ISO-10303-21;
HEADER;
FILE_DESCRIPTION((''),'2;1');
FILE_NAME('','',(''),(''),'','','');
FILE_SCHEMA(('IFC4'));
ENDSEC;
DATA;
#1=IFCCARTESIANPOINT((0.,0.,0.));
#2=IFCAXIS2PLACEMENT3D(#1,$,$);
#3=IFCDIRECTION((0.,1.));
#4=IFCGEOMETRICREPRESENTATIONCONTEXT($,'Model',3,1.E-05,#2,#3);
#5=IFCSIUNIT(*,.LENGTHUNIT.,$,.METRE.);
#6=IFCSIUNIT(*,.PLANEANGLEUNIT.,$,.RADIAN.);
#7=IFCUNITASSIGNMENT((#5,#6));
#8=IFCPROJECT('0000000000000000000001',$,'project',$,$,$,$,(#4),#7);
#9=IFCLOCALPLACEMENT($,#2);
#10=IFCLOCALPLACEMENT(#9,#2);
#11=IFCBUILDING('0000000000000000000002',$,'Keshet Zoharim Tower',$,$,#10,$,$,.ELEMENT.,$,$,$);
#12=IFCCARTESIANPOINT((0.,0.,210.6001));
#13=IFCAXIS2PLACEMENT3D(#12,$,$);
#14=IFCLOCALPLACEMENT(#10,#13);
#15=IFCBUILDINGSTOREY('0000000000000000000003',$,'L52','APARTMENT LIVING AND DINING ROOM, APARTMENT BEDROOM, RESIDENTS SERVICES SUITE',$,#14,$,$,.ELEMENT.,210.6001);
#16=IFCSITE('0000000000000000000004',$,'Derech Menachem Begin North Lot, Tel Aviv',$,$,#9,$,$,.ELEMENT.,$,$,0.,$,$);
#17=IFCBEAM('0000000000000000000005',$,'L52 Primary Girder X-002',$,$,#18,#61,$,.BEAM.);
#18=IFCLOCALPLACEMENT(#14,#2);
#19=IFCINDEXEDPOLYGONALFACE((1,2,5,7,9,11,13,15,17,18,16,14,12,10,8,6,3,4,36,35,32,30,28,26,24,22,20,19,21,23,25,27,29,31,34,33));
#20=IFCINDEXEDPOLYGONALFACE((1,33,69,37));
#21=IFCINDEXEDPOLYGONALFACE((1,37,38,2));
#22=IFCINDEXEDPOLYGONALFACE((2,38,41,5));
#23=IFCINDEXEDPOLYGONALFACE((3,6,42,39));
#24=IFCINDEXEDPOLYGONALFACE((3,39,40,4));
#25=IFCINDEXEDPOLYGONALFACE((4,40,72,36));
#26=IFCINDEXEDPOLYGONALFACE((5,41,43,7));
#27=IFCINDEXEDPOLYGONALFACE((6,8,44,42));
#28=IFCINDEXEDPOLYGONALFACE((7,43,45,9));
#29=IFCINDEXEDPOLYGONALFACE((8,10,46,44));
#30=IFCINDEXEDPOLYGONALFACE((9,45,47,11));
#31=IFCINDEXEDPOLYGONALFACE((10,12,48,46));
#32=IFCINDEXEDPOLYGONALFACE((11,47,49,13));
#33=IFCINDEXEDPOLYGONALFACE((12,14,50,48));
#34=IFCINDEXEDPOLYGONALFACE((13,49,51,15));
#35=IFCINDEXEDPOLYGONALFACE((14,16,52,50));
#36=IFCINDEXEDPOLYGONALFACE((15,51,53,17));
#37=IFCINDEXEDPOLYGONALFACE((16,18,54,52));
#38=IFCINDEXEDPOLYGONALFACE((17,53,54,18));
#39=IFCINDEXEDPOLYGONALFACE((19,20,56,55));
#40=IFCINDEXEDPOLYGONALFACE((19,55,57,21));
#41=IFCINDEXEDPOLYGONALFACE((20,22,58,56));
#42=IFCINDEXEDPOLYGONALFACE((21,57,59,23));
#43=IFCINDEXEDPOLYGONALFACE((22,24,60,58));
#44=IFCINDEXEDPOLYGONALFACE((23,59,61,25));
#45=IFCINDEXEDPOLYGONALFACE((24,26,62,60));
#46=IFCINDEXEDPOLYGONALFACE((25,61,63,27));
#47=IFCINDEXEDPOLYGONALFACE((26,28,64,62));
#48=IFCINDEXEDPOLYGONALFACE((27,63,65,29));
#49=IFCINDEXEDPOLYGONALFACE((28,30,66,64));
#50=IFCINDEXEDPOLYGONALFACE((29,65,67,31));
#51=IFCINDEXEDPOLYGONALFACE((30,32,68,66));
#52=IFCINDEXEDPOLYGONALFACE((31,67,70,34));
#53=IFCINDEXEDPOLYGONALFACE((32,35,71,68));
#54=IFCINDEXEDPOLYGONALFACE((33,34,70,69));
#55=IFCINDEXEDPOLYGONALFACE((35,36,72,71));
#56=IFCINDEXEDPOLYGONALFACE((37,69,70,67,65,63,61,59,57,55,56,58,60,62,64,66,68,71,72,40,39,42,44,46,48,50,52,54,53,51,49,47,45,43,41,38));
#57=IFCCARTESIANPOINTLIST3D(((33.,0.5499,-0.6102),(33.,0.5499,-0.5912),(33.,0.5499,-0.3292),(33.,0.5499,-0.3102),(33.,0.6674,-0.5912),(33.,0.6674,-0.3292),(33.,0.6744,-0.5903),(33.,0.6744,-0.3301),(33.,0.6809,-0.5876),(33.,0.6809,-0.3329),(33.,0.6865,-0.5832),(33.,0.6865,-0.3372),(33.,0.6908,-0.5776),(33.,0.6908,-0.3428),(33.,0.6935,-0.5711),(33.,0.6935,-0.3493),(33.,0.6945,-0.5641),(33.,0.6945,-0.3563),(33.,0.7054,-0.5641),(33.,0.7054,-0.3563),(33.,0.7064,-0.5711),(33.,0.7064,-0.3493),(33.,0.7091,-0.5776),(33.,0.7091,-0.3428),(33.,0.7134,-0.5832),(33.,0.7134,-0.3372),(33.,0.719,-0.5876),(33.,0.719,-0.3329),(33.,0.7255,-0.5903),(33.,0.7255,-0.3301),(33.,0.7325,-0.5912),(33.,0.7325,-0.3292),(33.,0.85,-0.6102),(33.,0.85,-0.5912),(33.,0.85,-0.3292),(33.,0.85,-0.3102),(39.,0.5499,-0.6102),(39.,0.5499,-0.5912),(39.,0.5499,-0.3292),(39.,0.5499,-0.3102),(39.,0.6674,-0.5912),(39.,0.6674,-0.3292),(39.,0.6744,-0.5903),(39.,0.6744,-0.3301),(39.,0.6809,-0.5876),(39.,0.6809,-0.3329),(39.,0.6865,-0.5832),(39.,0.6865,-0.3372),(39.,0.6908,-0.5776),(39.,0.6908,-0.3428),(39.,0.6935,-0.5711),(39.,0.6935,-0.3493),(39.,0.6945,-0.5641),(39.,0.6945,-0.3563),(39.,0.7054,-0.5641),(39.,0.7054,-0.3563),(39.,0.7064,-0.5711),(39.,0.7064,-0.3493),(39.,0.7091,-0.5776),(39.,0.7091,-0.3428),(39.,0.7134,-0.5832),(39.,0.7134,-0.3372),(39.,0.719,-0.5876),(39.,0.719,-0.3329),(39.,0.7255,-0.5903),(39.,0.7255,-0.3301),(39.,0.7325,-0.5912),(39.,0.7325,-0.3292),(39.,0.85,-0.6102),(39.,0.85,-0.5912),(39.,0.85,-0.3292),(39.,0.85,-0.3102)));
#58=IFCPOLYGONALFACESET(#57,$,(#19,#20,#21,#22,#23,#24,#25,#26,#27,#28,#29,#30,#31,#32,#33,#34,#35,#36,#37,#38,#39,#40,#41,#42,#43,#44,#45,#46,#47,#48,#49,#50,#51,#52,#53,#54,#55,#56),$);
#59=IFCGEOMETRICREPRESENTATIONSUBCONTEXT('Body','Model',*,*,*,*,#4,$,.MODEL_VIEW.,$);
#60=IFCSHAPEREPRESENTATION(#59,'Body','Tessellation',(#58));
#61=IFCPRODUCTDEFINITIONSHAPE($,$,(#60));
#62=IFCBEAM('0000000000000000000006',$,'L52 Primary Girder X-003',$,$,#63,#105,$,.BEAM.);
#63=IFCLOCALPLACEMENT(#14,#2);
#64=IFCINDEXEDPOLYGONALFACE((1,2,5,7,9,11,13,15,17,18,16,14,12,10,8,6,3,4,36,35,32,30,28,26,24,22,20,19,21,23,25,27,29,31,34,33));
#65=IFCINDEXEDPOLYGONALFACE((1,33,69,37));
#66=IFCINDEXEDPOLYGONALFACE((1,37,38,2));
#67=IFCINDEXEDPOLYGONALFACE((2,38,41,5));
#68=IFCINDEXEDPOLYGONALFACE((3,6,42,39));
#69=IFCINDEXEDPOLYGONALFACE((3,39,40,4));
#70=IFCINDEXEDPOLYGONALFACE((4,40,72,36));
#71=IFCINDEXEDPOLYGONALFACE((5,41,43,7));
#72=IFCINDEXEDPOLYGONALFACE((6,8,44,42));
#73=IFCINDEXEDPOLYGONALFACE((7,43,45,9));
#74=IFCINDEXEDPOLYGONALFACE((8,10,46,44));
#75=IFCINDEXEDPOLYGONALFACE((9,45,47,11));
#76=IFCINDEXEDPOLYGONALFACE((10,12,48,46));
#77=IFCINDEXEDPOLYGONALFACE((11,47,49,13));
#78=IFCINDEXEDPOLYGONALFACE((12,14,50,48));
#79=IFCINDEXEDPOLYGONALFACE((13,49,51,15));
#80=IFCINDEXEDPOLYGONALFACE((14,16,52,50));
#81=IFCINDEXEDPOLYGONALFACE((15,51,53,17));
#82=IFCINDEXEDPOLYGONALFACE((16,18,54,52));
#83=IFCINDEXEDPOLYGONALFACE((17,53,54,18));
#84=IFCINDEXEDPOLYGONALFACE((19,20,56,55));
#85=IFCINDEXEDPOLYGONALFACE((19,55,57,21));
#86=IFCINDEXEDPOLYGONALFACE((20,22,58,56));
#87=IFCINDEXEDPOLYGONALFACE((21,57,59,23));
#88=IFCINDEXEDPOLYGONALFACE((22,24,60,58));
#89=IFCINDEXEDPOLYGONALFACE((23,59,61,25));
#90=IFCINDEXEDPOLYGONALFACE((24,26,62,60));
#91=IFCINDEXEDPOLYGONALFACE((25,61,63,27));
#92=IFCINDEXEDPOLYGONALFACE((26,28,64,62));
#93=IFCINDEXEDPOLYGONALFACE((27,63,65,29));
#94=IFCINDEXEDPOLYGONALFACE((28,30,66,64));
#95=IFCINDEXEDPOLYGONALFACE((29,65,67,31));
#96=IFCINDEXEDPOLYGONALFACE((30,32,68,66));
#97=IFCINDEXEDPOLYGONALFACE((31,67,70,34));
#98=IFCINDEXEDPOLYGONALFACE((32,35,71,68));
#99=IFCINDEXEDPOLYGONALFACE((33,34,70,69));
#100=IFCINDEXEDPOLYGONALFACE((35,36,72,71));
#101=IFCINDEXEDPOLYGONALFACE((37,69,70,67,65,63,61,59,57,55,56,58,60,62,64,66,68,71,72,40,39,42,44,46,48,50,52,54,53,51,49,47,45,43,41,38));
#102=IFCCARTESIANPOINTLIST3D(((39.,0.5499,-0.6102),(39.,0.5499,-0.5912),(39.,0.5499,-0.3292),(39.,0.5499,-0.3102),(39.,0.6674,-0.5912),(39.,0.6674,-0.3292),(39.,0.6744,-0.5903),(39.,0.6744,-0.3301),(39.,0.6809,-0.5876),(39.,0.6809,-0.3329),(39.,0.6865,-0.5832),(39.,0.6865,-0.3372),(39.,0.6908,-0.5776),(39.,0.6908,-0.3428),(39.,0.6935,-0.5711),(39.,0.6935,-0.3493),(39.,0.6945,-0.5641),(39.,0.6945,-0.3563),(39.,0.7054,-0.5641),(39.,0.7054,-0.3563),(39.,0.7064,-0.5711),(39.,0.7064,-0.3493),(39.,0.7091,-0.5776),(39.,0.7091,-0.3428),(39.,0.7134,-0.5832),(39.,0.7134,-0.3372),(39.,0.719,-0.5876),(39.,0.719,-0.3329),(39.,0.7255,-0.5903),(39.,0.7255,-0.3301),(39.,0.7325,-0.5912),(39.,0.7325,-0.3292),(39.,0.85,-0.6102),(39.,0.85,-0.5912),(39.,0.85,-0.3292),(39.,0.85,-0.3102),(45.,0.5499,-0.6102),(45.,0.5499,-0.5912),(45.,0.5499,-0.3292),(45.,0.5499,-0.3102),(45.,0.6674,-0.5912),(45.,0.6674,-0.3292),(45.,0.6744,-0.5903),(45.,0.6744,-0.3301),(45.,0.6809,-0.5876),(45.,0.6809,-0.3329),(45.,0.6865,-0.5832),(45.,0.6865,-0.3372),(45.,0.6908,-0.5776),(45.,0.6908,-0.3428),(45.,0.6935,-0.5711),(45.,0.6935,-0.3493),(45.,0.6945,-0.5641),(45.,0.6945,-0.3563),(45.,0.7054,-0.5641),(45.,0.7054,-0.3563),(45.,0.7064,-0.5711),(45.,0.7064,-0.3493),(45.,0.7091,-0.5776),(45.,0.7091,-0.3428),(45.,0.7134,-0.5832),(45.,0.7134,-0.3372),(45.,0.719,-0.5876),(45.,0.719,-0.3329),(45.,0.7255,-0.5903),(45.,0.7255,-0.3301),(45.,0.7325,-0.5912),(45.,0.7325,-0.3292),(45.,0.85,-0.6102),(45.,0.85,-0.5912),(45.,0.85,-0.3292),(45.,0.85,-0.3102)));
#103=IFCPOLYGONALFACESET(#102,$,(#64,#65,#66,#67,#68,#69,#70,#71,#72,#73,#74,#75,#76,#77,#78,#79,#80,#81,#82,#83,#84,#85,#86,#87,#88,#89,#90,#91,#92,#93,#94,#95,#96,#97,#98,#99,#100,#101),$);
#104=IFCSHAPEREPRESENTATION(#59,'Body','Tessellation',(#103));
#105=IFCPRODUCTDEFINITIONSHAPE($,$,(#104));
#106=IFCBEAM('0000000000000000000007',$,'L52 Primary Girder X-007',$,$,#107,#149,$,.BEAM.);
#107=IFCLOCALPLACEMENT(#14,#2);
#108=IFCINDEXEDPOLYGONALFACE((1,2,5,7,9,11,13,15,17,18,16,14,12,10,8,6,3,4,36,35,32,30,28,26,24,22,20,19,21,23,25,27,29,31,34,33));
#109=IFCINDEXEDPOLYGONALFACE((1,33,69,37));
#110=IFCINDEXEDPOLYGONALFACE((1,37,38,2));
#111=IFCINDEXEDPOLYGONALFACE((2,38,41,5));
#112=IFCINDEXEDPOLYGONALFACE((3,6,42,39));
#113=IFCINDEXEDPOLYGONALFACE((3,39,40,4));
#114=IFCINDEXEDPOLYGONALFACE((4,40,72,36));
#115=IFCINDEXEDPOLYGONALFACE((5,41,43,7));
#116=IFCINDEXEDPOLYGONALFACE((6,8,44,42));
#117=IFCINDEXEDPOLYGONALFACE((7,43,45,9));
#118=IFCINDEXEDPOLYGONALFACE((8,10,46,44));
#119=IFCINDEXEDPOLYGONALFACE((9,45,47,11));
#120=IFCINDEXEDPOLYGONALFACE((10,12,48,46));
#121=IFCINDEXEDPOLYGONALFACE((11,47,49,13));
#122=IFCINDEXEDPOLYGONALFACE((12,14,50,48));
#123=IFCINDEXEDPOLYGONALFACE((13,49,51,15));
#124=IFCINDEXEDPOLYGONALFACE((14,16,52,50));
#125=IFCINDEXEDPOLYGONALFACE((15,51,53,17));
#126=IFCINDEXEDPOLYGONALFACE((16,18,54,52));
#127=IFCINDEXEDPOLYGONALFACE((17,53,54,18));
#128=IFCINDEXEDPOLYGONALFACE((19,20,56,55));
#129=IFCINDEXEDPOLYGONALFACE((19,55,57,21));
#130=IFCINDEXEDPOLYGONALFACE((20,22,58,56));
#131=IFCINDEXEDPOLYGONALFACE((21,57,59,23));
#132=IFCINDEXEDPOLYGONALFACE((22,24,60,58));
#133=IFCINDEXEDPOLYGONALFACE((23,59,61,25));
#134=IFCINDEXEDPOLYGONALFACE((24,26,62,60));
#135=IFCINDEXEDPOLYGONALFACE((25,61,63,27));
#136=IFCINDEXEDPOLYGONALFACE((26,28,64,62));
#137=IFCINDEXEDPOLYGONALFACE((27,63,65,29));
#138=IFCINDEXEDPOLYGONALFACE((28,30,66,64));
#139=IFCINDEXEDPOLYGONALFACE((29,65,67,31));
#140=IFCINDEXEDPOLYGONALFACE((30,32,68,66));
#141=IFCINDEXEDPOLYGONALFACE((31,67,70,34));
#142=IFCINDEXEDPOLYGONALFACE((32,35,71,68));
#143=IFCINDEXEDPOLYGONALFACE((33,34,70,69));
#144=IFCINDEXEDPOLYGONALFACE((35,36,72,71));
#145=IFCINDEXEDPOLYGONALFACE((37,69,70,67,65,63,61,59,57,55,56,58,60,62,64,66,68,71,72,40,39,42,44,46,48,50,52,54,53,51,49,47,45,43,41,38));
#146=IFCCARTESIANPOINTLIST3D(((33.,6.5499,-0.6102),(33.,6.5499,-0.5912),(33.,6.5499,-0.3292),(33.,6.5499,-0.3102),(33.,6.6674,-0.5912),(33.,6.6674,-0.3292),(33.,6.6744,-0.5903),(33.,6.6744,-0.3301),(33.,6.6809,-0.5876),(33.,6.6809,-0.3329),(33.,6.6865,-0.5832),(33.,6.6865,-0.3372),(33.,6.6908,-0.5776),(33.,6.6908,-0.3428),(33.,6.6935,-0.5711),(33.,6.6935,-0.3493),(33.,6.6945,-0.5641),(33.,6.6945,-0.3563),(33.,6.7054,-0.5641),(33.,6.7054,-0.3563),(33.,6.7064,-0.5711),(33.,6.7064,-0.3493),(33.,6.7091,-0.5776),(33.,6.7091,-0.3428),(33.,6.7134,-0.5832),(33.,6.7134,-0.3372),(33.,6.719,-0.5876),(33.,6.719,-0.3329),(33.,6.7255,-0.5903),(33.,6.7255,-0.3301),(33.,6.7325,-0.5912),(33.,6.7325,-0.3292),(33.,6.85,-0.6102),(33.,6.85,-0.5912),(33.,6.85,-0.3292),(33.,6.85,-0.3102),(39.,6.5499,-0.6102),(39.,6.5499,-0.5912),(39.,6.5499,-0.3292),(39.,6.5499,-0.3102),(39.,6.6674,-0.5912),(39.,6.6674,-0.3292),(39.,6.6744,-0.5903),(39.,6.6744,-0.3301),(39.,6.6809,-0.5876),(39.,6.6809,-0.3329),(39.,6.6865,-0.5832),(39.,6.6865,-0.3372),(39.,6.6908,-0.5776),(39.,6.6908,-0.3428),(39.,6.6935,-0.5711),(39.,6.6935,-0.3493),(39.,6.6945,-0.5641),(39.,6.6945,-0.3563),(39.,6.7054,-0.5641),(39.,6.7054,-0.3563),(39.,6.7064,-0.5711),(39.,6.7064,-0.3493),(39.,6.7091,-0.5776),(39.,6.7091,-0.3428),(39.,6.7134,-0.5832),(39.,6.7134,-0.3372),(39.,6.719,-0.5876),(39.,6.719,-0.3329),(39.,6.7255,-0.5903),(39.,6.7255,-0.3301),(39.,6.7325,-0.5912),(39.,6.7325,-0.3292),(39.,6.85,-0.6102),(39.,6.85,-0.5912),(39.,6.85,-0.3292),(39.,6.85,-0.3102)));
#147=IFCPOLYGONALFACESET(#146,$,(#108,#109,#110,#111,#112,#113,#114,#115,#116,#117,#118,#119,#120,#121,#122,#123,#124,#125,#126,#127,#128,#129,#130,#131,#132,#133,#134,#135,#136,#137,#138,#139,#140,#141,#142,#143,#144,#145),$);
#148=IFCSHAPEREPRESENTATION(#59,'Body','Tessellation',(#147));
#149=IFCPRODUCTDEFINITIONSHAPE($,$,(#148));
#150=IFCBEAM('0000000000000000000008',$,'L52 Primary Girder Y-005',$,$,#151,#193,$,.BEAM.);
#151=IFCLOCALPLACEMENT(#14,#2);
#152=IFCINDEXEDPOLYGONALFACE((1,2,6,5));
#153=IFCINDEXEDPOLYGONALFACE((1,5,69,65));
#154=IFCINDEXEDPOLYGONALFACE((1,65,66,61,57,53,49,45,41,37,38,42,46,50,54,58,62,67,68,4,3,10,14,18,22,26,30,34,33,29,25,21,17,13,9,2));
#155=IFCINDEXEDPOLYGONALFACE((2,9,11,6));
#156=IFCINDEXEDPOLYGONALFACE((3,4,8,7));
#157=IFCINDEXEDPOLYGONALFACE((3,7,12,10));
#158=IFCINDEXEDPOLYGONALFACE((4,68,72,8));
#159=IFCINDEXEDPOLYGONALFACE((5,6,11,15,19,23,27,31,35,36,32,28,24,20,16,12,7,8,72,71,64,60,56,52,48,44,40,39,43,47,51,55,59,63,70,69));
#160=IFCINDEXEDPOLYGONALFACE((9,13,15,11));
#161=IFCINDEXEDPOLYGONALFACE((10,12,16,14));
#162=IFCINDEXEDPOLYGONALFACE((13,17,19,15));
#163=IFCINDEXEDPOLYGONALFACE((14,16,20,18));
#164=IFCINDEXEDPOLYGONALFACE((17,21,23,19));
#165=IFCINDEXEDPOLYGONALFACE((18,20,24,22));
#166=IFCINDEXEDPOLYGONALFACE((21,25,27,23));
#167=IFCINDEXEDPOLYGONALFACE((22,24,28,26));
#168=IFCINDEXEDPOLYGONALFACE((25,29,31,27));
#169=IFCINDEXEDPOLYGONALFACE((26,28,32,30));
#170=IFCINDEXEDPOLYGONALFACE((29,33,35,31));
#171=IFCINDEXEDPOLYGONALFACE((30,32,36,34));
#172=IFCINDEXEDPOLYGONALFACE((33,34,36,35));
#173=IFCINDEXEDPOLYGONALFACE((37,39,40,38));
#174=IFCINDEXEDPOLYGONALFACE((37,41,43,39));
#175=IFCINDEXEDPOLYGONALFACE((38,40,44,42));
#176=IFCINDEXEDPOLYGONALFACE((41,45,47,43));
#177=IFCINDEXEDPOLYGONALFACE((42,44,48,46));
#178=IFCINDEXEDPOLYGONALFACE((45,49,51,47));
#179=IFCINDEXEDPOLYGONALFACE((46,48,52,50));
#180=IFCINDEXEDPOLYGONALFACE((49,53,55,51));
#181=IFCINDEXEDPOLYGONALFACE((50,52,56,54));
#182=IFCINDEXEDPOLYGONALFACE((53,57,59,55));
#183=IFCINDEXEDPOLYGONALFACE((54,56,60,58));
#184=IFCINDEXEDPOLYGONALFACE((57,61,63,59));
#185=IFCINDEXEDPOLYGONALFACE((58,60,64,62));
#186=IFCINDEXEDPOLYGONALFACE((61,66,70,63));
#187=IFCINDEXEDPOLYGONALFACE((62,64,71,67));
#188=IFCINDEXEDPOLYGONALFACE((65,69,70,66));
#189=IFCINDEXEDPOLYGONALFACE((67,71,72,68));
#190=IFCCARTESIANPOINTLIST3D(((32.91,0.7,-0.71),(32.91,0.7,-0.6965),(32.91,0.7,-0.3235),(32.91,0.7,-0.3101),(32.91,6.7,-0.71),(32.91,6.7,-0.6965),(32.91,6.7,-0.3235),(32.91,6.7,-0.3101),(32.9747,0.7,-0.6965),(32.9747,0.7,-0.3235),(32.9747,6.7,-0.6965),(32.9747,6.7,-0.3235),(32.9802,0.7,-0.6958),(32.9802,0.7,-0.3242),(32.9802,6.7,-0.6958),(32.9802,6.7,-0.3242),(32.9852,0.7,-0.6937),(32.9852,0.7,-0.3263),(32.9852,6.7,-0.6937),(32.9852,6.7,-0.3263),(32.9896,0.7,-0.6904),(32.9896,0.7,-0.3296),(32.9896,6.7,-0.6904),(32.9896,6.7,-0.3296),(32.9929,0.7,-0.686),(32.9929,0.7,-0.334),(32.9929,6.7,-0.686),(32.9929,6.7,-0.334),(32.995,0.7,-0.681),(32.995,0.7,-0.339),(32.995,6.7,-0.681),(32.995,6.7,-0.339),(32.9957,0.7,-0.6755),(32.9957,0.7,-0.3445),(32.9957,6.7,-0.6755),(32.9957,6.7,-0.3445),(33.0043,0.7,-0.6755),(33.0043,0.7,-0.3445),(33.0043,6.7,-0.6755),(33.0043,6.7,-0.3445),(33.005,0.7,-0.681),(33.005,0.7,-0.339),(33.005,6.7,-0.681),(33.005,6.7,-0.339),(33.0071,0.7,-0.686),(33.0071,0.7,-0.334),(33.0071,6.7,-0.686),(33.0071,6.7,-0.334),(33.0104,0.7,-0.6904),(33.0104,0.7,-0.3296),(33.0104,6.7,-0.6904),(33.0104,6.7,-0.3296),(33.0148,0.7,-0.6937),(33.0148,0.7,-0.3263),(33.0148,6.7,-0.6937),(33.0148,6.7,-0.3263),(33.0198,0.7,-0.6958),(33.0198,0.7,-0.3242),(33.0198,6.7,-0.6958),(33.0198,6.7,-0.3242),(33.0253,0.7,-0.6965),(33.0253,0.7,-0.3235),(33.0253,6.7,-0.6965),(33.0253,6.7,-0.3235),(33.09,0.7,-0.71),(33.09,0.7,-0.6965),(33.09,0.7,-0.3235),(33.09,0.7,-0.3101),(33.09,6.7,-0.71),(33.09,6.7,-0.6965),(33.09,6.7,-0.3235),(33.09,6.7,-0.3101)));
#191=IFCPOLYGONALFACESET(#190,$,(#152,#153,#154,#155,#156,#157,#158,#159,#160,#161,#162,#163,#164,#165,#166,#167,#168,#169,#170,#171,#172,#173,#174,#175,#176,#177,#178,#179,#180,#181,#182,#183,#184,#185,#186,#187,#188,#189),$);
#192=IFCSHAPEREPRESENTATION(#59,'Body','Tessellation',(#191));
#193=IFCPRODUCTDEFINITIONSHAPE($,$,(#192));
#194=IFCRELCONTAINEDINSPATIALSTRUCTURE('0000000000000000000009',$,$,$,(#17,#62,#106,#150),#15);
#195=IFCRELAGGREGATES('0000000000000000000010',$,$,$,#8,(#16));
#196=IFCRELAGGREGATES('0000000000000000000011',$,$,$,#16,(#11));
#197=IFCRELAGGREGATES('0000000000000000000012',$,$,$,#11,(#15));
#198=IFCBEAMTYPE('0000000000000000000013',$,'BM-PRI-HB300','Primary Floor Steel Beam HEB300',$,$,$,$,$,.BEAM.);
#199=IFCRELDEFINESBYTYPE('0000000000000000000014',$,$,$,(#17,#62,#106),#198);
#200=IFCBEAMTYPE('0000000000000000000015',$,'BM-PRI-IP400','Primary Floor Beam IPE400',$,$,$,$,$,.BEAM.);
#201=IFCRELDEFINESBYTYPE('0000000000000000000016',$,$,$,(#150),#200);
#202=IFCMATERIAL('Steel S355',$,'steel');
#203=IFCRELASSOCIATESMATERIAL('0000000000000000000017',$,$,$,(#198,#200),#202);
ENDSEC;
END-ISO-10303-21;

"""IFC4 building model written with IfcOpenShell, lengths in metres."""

from ifc_helpers import new_model, si_unit, direction, frame, origin, origin_2d, place, context, subcontext, project, spatial, i_section, extrude, material, material_profile, profile_set, type_object, element, save


model = new_model("IFC4")

# Units and contexts
model_context = context("Model", 3, precision=1e-05, world=origin(), true_north=direction((0.0, 1.0)))
body_context = subcontext(model_context, "Body", "Model", "MODEL_VIEW")
ifc_project = project(units=[si_unit("LENGTHUNIT", "METRE"), si_unit("PLANEANGLEUNIT", "RADIAN")], contexts=[model_context])

# Site, building, storey
site_placement = place(None, origin())
site = spatial("IfcSite", under=ifc_project, at=site_placement, Name="Derech Menachem Begin North Lot, Tel Aviv", CompositionType="ELEMENT", RefElevation=0.0)
building_placement = place(site_placement, origin())
building = spatial("IfcBuilding", under=site, at=building_placement, Name="Keshet Zoharim Tower", CompositionType="ELEMENT")
storey_placement = place(building_placement, frame((0.0, 0.0, 210.6001)))
storey = spatial("IfcBuildingStorey", under=building, at=storey_placement, Name="L52", Description="APARTMENT LIVING AND DINING ROOM, APARTMENT BEDROOM, RESIDENTS SERVICES SUITE", CompositionType="ELEMENT", Elevation=210.6001)

# Shared definitions
ifc_material_1 = material(Name="Steel S355", Category="steel")

# Beams
ifc_material_profile_1 = material_profile(ifc_material_1, i_section(OverallWidth=0.3, OverallDepth=0.3, WebThickness=0.011, FlangeThickness=0.019, FilletRadius=0.0271, at=origin_2d()), Name="HEB300")
ifc_profile_set_1 = profile_set([ifc_material_profile_1], Name="Steel S355")
beam_type_1 = type_object("IfcBeamType", Name="BM-PRI-HB300", Description="Primary Floor Steel Beam HEB300", PredefinedType="BEAM", material=ifc_profile_set_1)
for number, where, z_axis, x_axis, name in (
    (1, (33.0, 0.7, -0.4602), (1.0, 0.0, 0.0), (0.0, 1.0, 0.0), "L52 Primary Girder X-002"),
    (2, (39.0, 0.7, -0.4602), (1.0, 0.0, 0.0), (0.0, 1.0, 0.0), "L52 Primary Girder X-003"),
    (3, (33.0, 6.7, -0.4602), (1.0, 0.0, 0.0), (0.0, 1.0, 0.0), "L52 Primary Girder X-007"),
):
    element("IfcBeam", number, at=place(storey_placement, frame(where, z_axis=z_axis, x_axis=x_axis)), inside=storey, type_object=beam_type_1, Name=name, PredefinedType="BEAM", context=body_context, shape_type="SweptSolid", body=[
        extrude(i_section(OverallWidth=0.3, OverallDepth=0.3, WebThickness=0.011, FlangeThickness=0.019, FilletRadius=0.0271, at=origin_2d()), origin(), (0.0, 0.0, 1.0), 6.0),
    ])
ifc_material_profile_2 = material_profile(ifc_material_1, i_section(OverallWidth=0.1799, OverallDepth=0.3999, WebThickness=0.0085, FlangeThickness=0.0134, FilletRadius=0.021, at=origin_2d()), Name="IPE400")
ifc_profile_set_2 = profile_set([ifc_material_profile_2], Name="Steel S355")
beam_type_2 = type_object("IfcBeamType", Name="BM-PRI-IP400", Description="Primary Floor Beam IPE400", PredefinedType="BEAM", material=ifc_profile_set_2)
for number, where, z_axis, x_axis, name in (
    (4, (33.0, 0.7, -0.51), (0.0, 1.0, 0.0), (-1.0, 0.0, 0.0), "L52 Primary Girder Y-005"),
):
    element("IfcBeam", number, at=place(storey_placement, frame(where, z_axis=z_axis, x_axis=x_axis)), inside=storey, type_object=beam_type_2, Name=name, PredefinedType="BEAM", context=body_context, shape_type="SweptSolid", body=[
        extrude(i_section(OverallWidth=0.1799, OverallDepth=0.3999, WebThickness=0.0085, FlangeThickness=0.0134, FilletRadius=0.021, at=origin_2d()), origin(), (0.0, 0.0, 1.0), 6.0),
    ])

save(model, "model.ifc")
